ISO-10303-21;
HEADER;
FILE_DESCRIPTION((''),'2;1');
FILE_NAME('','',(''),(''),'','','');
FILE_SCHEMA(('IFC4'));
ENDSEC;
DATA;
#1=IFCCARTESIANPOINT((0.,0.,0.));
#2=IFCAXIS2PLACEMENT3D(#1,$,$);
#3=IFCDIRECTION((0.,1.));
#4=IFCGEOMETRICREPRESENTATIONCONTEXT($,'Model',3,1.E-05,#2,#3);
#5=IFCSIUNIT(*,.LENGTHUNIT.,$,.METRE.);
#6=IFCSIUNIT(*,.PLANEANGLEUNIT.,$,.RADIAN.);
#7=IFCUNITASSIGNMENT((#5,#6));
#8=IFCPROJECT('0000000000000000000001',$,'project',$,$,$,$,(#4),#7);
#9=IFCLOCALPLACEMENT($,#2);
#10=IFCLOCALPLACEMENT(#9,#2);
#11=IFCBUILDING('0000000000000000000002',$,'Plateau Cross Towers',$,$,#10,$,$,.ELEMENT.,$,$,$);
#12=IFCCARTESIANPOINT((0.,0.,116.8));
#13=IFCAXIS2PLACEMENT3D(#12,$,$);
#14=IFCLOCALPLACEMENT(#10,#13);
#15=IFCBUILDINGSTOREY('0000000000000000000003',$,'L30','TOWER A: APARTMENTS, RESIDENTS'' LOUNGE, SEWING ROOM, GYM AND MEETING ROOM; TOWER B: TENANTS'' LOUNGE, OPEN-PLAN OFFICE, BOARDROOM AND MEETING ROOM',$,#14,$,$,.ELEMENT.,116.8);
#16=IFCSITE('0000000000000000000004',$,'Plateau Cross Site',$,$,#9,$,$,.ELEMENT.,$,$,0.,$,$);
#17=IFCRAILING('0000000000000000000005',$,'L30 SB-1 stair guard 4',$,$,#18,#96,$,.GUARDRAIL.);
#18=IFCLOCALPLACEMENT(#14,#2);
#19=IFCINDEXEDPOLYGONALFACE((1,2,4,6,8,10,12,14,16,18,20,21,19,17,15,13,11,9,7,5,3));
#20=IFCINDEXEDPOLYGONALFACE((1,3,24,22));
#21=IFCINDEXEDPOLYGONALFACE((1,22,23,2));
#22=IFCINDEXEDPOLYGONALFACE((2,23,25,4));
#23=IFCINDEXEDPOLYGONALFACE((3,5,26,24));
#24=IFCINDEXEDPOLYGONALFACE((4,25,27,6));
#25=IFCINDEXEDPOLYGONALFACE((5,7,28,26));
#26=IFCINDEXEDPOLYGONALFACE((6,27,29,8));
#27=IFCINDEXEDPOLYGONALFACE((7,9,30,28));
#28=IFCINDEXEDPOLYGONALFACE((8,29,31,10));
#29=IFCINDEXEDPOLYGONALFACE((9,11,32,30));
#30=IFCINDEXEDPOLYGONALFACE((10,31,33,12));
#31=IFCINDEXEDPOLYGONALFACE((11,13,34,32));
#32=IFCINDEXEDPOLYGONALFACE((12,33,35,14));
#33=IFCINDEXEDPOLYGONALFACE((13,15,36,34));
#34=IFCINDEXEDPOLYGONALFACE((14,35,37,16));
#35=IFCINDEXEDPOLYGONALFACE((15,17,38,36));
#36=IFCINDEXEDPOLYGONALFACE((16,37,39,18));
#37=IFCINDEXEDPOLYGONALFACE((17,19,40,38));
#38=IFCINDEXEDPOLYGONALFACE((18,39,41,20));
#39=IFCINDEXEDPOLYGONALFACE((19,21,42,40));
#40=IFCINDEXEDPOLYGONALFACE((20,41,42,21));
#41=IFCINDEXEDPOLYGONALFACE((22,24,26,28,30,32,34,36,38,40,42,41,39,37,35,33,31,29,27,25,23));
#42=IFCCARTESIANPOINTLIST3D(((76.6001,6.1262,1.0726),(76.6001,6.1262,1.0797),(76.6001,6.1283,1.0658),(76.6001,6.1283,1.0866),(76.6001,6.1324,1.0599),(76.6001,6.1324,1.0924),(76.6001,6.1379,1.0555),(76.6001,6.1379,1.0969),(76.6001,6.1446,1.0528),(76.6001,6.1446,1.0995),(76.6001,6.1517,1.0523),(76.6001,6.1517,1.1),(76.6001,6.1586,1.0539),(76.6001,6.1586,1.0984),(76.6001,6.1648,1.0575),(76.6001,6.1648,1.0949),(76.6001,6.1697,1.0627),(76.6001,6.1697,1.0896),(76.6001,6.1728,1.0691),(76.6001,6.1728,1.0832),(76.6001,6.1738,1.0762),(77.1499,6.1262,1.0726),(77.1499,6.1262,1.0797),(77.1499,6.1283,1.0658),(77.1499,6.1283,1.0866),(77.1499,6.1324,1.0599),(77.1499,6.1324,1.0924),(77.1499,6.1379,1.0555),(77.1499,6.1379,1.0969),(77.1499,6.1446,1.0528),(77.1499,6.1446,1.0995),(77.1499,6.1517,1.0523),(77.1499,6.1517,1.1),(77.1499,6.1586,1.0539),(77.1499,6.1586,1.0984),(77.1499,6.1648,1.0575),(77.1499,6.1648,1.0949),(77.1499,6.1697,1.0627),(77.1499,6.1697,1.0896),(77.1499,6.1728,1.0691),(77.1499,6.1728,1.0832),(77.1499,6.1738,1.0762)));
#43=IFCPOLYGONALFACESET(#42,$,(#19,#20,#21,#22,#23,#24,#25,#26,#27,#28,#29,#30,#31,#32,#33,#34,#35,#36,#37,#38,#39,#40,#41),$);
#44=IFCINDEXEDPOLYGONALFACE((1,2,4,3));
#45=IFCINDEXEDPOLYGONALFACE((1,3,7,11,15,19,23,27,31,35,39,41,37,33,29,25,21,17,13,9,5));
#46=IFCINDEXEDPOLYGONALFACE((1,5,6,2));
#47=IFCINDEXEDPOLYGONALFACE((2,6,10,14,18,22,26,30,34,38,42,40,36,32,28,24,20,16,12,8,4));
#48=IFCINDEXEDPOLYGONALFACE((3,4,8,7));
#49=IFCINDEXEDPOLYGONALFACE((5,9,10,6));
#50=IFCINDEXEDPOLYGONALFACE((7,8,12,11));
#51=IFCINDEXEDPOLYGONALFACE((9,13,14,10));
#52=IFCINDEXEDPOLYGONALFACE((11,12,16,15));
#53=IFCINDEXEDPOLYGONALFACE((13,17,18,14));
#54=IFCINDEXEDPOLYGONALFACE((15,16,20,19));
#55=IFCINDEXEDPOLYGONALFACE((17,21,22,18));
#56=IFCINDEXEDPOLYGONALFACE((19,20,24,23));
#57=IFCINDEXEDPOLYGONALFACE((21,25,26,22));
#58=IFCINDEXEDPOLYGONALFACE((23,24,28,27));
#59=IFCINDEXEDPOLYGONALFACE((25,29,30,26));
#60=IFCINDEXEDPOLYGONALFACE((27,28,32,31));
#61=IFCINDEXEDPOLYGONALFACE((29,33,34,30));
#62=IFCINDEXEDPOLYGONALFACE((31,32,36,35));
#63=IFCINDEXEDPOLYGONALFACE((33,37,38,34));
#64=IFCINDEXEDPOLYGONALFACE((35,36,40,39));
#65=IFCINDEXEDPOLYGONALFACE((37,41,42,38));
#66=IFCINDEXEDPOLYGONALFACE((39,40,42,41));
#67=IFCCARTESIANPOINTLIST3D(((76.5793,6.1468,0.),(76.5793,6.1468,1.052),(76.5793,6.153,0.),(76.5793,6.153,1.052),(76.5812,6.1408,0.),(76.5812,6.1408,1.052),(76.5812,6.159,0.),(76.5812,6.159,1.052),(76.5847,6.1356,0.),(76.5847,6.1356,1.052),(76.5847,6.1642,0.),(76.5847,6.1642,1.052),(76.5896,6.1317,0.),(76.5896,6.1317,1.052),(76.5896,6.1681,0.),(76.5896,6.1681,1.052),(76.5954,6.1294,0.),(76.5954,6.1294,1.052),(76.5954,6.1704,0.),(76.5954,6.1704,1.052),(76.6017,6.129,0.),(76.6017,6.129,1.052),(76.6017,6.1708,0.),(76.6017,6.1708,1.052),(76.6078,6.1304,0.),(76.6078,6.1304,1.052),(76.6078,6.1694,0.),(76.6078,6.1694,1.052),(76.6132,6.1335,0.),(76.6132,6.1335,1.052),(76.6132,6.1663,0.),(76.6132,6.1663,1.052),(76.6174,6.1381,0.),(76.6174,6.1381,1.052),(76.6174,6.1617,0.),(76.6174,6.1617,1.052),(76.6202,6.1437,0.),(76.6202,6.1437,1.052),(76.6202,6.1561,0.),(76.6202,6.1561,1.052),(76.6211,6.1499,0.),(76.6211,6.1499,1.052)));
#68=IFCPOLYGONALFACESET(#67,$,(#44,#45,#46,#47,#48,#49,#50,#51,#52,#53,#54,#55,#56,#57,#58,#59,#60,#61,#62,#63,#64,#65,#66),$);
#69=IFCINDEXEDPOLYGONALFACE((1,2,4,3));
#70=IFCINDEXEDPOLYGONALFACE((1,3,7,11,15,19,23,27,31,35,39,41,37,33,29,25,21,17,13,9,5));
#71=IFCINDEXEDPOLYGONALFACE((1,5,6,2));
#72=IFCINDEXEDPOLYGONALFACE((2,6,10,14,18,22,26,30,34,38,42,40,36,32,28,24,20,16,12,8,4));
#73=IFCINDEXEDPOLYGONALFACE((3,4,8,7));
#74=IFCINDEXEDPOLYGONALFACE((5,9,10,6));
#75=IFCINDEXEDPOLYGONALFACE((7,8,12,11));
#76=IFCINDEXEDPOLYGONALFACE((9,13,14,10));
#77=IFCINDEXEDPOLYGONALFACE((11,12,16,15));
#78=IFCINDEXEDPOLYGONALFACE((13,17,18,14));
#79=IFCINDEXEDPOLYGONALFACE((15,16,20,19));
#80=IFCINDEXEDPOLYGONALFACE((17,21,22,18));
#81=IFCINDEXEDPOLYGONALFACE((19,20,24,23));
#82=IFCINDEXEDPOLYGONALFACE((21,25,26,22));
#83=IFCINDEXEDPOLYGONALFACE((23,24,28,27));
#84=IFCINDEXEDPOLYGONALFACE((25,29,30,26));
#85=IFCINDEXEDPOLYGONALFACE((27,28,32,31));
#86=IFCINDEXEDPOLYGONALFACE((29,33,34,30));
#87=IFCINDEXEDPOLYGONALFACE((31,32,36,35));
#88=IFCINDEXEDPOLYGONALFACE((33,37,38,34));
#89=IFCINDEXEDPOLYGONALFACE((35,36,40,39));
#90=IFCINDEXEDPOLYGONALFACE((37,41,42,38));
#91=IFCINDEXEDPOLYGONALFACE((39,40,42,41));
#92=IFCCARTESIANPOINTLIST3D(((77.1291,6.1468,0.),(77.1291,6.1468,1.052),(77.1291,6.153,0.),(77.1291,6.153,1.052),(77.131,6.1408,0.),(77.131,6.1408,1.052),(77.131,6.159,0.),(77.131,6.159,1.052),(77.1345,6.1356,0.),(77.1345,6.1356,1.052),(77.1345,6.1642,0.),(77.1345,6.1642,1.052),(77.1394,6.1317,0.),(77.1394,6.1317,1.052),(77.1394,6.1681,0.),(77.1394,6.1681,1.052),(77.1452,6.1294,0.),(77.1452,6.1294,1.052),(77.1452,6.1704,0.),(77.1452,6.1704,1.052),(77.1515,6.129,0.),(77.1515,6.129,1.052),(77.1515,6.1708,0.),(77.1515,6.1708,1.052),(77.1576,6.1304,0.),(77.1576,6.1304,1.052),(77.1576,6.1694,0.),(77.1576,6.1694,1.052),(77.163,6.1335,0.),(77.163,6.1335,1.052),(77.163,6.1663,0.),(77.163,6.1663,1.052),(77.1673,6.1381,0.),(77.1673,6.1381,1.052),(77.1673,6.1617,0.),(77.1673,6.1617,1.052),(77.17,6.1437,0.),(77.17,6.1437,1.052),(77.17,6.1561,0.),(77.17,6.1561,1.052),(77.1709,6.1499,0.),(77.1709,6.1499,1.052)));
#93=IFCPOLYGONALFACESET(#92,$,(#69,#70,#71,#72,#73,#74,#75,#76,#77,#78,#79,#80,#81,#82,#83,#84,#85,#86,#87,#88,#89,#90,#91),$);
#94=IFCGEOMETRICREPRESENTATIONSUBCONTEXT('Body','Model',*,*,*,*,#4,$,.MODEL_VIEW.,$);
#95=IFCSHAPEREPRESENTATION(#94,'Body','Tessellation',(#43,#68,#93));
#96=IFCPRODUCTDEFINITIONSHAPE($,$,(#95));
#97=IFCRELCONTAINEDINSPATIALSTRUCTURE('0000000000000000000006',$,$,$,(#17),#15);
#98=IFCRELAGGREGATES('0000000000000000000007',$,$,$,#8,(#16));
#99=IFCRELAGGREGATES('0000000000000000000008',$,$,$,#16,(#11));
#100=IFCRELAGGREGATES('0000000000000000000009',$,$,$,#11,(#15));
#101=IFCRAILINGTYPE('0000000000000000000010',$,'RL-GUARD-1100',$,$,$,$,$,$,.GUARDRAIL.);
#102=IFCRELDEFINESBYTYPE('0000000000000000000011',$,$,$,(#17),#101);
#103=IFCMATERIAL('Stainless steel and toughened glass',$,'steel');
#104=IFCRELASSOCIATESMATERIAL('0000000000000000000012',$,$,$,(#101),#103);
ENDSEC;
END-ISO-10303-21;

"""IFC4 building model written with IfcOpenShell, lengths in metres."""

from ifc_helpers import new_model, si_unit, direction, frame, origin, origin_2d, place, context, subcontext, project, spatial, circle, extrude, material, type_object, element, save


model = new_model("IFC4")

# Units and contexts
model_context = context("Model", 3, precision=1e-05, world=origin(), true_north=direction((0.0, 1.0)))
body_context = subcontext(model_context, "Body", "Model", "MODEL_VIEW")
ifc_project = project(units=[si_unit("LENGTHUNIT", "METRE"), si_unit("PLANEANGLEUNIT", "RADIAN")], contexts=[model_context])

# Site, building, storey
site_placement = place(None, origin())
site = spatial("IfcSite", under=ifc_project, at=site_placement, Name="Plateau Cross Site", CompositionType="ELEMENT", RefElevation=0.0)
building_placement = place(site_placement, origin())
building = spatial("IfcBuilding", under=site, at=building_placement, Name="Plateau Cross Towers", CompositionType="ELEMENT")
storey_placement = place(building_placement, frame((0.0, 0.0, 116.8)))
storey = spatial("IfcBuildingStorey", under=building, at=storey_placement, Name="L30", Description="TOWER A: APARTMENTS, RESIDENTS' LOUNGE, SEWING ROOM, GYM AND MEETING ROOM; TOWER B: TENANTS' LOUNGE, OPEN-PLAN OFFICE, BOARDROOM AND MEETING ROOM", CompositionType="ELEMENT", Elevation=116.8)

# Railing
ifc_material_1 = material(Name="Stainless steel and toughened glass", Category="steel")
railing_type_1 = type_object("IfcRailingType", Name="RL-GUARD-1100", PredefinedType="GUARDRAIL", material=ifc_material_1)
railing_1_placement = place(storey_placement, frame((76.6001, 6.1499, 0.0)))
element("IfcRailing", 1, at=railing_1_placement, inside=storey, type_object=railing_type_1, Name="L30 SB-1 stair guard 4", PredefinedType="GUARDRAIL", context=body_context, shape_type="SweptSolid", body=[
    extrude(circle(Radius=0.0239, at=origin_2d()), frame((0.0, 0.0, 1.0762), z_axis=(1.0, 0.0, 0.0), x_axis=(0.0, 1.0, 0.0)), (0.0, 0.0, 1.0), 0.5498),
    extrude(circle(Radius=0.021, at=origin_2d()), origin(), (0.0, 0.0, 1.0), 1.052),
    extrude(circle(Radius=0.021, at=origin_2d()), frame((0.5498, 0.0, 0.0)), (0.0, 0.0, 1.0), 1.052),
])

save(model, "model.ifc")
